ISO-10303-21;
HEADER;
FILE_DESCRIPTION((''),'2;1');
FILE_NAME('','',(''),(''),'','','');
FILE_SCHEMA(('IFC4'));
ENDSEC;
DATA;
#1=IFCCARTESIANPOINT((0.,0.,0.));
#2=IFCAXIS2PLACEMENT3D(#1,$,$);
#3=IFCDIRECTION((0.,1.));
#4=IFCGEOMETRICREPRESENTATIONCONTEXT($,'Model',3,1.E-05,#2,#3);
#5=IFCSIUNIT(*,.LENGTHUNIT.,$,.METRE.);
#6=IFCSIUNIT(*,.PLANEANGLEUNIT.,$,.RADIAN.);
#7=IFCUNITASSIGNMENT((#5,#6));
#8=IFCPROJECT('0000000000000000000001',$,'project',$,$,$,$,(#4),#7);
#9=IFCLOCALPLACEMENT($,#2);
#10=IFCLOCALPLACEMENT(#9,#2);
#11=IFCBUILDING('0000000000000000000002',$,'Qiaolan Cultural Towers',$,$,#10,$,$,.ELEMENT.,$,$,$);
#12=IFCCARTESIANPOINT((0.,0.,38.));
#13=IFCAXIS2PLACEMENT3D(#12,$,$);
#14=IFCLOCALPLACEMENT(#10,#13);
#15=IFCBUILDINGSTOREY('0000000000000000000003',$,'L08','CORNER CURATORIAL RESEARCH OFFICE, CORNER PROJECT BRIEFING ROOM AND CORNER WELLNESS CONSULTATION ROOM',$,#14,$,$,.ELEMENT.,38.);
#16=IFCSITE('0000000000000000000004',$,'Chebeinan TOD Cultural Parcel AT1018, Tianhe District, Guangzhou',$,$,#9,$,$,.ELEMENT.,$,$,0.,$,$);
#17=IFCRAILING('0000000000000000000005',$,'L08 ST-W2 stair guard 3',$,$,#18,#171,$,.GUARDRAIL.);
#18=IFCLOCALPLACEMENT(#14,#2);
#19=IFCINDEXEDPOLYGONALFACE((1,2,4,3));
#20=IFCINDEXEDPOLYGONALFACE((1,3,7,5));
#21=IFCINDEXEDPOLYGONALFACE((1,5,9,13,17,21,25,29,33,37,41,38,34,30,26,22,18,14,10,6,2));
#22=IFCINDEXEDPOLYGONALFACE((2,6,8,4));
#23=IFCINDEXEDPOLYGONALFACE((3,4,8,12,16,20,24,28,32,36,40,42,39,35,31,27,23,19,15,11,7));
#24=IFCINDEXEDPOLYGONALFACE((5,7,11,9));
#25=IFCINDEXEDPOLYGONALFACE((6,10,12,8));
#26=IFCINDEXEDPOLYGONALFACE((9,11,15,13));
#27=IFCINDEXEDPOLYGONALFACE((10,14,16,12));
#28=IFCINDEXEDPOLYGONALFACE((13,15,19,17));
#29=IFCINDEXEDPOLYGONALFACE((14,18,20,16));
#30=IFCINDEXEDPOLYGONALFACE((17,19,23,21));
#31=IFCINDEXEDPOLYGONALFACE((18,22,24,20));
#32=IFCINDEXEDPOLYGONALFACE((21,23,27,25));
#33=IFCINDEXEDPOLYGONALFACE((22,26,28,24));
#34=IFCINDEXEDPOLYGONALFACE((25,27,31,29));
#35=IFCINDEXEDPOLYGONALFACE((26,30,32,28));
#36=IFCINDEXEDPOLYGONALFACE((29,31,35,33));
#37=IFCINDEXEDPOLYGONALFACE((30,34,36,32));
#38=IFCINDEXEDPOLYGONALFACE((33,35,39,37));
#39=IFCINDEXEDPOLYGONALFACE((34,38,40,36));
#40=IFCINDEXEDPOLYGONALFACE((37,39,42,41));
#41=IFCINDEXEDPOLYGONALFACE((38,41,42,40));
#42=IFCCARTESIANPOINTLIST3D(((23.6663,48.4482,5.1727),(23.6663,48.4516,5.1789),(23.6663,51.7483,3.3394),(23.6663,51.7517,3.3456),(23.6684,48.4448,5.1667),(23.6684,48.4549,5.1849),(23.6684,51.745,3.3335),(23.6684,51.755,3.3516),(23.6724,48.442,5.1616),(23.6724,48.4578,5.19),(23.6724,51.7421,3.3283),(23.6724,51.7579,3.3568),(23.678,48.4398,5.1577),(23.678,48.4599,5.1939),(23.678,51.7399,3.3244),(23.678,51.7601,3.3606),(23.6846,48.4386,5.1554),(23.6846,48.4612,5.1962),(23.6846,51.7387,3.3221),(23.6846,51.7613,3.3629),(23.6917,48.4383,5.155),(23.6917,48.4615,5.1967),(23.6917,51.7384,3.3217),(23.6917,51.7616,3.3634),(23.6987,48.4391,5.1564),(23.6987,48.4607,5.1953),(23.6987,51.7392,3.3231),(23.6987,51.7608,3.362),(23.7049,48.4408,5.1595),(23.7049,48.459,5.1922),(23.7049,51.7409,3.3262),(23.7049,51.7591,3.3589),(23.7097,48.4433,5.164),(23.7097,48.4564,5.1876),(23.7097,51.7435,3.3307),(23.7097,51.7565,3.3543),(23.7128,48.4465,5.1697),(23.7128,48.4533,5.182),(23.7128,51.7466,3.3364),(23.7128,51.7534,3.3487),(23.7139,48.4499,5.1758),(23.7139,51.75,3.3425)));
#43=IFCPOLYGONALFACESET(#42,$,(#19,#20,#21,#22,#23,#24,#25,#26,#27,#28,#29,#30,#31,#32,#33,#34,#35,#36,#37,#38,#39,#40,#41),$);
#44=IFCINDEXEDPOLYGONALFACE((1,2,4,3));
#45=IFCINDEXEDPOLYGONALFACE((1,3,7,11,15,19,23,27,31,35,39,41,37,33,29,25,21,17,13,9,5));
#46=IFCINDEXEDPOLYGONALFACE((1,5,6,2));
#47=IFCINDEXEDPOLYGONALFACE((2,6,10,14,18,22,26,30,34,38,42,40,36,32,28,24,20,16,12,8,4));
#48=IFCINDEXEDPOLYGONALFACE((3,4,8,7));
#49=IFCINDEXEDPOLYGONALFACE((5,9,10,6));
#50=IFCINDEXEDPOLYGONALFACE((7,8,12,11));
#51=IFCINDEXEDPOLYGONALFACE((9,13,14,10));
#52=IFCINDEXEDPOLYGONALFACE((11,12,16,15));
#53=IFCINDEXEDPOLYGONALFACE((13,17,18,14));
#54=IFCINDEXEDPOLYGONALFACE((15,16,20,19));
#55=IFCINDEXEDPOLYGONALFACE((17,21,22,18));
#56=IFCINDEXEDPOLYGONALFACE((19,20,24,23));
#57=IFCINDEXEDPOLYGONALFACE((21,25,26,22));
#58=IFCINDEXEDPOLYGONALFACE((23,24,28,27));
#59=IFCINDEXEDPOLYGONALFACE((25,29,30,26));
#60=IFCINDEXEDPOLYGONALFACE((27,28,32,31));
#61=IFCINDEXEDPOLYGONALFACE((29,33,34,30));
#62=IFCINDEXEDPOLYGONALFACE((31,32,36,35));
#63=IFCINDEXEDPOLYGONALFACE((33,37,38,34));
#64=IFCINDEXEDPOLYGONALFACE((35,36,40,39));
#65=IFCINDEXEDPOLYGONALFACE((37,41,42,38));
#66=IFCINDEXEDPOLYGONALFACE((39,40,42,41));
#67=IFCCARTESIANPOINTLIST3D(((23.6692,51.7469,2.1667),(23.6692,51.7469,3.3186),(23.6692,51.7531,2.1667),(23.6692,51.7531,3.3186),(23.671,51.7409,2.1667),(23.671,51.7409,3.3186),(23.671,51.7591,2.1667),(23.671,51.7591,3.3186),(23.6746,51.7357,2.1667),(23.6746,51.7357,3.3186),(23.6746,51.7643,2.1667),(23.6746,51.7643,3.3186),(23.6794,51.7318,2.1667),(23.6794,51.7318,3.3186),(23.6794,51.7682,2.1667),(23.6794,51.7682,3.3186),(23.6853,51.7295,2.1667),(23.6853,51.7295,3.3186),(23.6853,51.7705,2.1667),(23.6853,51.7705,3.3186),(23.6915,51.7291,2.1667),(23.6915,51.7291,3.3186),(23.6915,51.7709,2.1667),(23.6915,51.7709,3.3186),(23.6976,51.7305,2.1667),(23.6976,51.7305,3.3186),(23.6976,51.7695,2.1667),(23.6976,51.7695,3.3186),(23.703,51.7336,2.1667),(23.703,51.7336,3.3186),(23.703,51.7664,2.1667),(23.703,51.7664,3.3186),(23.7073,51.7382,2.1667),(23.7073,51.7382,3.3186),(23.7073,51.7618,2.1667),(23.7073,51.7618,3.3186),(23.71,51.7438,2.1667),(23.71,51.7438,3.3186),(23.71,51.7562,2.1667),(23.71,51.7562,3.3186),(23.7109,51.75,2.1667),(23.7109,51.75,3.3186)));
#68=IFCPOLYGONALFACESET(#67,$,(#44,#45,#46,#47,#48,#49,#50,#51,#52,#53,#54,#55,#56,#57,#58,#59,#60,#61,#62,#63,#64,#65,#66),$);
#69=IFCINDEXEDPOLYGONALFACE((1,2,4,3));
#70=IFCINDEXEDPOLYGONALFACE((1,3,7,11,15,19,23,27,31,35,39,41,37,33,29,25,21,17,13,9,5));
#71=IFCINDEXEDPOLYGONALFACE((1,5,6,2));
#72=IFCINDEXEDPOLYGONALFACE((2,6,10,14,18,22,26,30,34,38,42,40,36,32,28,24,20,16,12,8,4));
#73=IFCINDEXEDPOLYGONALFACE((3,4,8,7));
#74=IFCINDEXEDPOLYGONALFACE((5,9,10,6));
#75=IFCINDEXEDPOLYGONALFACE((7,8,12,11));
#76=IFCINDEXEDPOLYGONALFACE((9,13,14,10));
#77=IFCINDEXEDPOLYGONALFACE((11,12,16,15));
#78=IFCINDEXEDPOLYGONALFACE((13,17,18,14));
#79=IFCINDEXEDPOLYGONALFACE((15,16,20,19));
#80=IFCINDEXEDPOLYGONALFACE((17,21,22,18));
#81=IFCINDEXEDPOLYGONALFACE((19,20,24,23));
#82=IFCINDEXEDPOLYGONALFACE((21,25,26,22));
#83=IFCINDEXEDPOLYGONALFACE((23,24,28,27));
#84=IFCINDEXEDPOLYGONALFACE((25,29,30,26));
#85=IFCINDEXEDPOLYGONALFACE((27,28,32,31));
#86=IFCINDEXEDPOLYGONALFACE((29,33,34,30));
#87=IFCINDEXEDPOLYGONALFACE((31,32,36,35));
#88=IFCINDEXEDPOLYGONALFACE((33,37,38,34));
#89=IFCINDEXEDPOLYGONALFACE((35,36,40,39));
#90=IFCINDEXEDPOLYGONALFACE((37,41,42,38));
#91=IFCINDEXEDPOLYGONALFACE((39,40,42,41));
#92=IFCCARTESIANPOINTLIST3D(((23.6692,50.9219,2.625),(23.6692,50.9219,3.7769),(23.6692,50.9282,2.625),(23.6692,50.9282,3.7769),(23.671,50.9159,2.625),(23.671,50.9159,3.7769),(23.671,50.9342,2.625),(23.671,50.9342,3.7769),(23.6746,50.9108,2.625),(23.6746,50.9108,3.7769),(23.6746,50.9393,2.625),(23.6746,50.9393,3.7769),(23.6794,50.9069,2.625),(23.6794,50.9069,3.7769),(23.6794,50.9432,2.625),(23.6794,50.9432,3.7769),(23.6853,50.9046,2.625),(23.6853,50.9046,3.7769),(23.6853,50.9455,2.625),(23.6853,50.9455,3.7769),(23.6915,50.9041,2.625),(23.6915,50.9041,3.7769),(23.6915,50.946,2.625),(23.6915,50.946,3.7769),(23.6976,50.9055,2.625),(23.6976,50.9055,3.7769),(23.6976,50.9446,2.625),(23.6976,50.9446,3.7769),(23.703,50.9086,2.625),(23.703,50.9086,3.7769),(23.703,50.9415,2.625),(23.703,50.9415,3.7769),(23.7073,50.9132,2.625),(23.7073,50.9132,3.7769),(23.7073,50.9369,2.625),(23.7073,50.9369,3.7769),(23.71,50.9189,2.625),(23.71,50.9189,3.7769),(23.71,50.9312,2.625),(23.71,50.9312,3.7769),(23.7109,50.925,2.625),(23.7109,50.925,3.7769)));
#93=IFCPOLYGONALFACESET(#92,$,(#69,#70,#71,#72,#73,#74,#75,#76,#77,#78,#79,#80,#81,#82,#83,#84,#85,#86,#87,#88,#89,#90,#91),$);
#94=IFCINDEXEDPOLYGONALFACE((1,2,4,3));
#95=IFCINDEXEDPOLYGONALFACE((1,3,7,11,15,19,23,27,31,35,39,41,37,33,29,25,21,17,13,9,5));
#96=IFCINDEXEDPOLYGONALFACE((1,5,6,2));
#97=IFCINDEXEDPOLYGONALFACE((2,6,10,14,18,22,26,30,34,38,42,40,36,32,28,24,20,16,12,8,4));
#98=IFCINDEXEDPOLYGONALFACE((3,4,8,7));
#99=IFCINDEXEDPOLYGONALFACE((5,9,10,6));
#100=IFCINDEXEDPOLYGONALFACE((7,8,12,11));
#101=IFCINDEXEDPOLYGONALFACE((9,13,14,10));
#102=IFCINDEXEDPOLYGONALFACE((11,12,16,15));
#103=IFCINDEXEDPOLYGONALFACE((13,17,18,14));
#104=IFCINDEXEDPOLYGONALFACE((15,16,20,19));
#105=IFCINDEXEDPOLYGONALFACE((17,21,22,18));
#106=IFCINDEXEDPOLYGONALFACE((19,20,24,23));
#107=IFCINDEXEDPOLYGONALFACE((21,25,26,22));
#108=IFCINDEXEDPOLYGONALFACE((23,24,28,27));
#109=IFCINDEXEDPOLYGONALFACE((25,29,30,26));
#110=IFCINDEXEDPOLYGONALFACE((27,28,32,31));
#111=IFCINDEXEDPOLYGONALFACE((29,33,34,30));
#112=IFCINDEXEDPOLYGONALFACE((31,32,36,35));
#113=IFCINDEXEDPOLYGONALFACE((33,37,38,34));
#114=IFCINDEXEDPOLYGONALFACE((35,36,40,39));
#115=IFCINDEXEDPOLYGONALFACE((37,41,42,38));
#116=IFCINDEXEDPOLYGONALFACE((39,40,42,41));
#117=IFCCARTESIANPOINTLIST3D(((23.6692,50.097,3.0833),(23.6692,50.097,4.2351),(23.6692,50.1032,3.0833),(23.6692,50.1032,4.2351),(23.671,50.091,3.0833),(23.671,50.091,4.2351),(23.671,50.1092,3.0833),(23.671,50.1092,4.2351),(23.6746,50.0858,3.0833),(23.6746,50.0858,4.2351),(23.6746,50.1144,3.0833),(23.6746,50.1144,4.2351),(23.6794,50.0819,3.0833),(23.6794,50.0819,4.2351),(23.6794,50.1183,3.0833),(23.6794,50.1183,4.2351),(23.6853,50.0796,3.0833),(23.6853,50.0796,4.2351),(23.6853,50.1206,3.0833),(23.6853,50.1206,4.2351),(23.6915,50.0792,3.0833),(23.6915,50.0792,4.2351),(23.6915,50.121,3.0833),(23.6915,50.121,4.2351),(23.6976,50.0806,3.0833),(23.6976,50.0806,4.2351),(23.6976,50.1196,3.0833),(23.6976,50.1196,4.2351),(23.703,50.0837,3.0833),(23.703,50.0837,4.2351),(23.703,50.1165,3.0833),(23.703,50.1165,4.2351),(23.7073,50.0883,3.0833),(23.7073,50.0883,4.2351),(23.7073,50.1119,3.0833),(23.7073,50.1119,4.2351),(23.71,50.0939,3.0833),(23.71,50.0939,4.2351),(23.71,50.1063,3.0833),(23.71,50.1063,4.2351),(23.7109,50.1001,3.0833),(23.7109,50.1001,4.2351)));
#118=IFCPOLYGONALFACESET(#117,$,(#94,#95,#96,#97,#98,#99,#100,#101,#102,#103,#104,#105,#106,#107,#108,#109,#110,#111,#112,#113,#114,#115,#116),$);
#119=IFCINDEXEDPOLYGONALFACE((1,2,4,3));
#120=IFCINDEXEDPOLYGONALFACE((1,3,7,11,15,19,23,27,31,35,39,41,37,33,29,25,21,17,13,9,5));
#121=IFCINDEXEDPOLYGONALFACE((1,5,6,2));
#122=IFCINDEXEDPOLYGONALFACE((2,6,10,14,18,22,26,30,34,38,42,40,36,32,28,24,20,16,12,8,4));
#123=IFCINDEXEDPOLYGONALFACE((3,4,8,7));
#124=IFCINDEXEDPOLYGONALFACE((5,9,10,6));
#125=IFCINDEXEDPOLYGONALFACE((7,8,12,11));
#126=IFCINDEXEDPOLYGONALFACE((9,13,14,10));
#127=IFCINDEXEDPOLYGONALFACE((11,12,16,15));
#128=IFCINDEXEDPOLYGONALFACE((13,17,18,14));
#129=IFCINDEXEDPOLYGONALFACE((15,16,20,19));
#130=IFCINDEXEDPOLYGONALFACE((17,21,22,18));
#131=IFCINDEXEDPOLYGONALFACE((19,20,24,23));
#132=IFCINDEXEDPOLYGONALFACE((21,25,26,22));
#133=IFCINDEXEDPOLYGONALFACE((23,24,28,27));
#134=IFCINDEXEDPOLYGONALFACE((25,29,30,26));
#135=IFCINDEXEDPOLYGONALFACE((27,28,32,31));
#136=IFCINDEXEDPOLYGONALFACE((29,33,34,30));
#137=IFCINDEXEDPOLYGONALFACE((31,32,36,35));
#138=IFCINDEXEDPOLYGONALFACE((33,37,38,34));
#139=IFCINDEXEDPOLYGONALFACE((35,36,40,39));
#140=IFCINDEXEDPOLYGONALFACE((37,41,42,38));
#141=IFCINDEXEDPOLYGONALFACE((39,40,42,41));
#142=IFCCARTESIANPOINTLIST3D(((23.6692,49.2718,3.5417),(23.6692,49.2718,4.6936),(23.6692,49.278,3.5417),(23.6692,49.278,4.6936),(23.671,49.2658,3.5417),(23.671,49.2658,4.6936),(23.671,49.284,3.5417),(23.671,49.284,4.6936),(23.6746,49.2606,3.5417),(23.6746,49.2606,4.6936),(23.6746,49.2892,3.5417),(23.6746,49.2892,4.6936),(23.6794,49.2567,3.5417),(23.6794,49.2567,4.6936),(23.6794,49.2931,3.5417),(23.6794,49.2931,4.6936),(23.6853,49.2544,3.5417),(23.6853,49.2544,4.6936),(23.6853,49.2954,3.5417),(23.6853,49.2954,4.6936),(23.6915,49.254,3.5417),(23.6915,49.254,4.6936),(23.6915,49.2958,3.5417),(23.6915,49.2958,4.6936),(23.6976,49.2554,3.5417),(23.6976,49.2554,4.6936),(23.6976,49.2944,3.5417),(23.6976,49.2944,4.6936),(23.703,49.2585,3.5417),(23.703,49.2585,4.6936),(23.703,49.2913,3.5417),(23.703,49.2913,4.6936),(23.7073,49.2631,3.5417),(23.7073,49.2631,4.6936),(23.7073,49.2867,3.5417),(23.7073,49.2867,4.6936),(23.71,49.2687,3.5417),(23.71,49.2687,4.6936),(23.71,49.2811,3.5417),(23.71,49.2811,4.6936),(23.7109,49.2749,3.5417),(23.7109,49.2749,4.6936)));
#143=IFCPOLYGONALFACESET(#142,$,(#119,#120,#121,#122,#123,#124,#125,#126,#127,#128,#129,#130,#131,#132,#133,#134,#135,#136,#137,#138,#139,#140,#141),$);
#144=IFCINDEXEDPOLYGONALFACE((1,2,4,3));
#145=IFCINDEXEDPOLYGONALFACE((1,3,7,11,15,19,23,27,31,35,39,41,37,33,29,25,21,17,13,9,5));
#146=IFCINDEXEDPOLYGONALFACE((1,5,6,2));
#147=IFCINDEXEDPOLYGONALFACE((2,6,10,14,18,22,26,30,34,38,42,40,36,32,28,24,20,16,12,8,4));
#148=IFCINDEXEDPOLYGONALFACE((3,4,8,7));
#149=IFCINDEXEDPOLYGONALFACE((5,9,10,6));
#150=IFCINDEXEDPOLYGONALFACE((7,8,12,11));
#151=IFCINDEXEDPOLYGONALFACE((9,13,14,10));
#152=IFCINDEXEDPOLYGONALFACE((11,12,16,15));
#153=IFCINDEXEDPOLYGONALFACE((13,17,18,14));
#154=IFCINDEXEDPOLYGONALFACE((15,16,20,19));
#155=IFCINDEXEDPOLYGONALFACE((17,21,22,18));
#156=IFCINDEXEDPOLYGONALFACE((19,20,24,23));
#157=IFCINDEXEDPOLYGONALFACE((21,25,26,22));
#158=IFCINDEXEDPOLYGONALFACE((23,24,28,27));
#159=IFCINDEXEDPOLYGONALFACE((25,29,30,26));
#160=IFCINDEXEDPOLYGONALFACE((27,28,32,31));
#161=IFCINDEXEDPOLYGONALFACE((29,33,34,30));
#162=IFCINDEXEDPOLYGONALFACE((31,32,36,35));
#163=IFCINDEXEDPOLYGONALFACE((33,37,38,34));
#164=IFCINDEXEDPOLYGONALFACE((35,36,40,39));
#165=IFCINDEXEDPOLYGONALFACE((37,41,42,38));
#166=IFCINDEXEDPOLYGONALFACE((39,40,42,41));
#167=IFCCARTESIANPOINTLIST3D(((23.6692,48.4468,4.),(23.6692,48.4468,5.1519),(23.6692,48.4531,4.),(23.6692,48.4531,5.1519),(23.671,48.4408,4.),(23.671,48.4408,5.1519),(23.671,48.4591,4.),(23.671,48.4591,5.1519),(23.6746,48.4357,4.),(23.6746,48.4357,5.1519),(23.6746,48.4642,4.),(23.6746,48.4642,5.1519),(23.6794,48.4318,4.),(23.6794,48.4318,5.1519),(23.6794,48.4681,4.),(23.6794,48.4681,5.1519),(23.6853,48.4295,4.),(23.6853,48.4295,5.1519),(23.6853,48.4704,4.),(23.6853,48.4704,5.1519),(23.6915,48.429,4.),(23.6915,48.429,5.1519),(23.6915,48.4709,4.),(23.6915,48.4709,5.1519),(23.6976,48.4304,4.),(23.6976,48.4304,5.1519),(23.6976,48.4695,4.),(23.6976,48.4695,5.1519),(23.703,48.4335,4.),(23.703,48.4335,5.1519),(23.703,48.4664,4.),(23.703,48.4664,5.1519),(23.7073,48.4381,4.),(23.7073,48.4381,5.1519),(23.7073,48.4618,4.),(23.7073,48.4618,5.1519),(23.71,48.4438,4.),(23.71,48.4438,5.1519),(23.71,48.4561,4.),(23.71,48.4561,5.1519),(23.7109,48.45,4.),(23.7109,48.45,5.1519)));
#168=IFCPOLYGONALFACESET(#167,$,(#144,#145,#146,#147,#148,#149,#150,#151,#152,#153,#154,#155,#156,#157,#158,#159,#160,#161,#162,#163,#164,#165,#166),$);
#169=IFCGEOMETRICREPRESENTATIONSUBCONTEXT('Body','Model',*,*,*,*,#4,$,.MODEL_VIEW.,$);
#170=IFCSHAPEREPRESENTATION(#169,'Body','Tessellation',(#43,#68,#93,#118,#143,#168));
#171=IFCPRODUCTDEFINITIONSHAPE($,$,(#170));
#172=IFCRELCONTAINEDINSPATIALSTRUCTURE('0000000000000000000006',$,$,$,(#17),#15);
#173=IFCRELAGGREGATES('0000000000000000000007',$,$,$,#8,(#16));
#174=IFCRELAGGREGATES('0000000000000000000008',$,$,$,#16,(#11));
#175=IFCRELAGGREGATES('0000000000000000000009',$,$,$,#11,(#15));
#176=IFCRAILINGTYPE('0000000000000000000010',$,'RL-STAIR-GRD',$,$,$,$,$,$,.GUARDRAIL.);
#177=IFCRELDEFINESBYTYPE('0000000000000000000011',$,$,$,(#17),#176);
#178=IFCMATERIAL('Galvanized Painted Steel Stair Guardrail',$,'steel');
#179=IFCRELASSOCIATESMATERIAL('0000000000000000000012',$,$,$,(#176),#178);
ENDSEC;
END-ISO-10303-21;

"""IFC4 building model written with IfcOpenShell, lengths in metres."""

from ifc_helpers import new_model, si_unit, direction, frame, origin, origin_2d, place, context, subcontext, project, spatial, circle, extrude, material, type_object, element, save


model = new_model("IFC4")

# Units and contexts
model_context = context("Model", 3, precision=1e-05, world=origin(), true_north=direction((0.0, 1.0)))
body_context = subcontext(model_context, "Body", "Model", "MODEL_VIEW")
ifc_project = project(units=[si_unit("LENGTHUNIT", "METRE"), si_unit("PLANEANGLEUNIT", "RADIAN")], contexts=[model_context])

# Site, building, storey
site_placement = place(None, origin())
site = spatial("IfcSite", under=ifc_project, at=site_placement, Name="Chebeinan TOD Cultural Parcel AT1018, Tianhe District, Guangzhou", CompositionType="ELEMENT", RefElevation=0.0)
building_placement = place(site_placement, origin())
building = spatial("IfcBuilding", under=site, at=building_placement, Name="Qiaolan Cultural Towers", CompositionType="ELEMENT")
storey_placement = place(building_placement, frame((0.0, 0.0, 38.0)))
storey = spatial("IfcBuildingStorey", under=building, at=storey_placement, Name="L08", Description="CORNER CURATORIAL RESEARCH OFFICE, CORNER PROJECT BRIEFING ROOM AND CORNER WELLNESS CONSULTATION ROOM", CompositionType="ELEMENT", Elevation=38.0)

# Railing
ifc_material_1 = material(Name="Galvanized Painted Steel Stair Guardrail", Category="steel")
railing_type_1 = type_object("IfcRailingType", Name="RL-STAIR-GRD", PredefinedType="GUARDRAIL", material=ifc_material_1)
railing_1_placement = place(storey_placement, frame((23.6899, 51.75, 2.1667)))
element("IfcRailing", 1, at=railing_1_placement, inside=storey, type_object=railing_type_1, Name="L08 ST-W2 stair guard 3", PredefinedType="GUARDRAIL", context=body_context, shape_type="SweptSolid", body=[
    extrude(circle(Radius=0.0239, at=origin_2d()), frame((0.0, 0.0, 1.1758), z_axis=(0.0, -0.874169, 0.485621), x_axis=(1.0, 0.0, 0.0)), (0.0, 0.0, 1.0), 3.7751),
    extrude(circle(Radius=0.021, at=origin_2d()), origin(), (0.0, 0.0, 1.0), 1.1519),
    extrude(circle(Radius=0.021, at=origin_2d()), frame((0.0, -0.825, 0.4583)), (0.0, 0.0, 1.0), 1.1519),
    extrude(circle(Radius=0.021, at=origin_2d()), frame((0.0, -1.6499, 0.9165)), (0.0, 0.0, 1.0), 1.1519),
    extrude(circle(Radius=0.021, at=origin_2d()), frame((0.0, -2.4751, 1.375)), (0.0, 0.0, 1.0), 1.1519),
    extrude(circle(Radius=0.021, at=origin_2d()), frame((0.0, -3.3, 1.8333)), (0.0, 0.0, 1.0), 1.1519),
])

save(model, "model.ifc")
